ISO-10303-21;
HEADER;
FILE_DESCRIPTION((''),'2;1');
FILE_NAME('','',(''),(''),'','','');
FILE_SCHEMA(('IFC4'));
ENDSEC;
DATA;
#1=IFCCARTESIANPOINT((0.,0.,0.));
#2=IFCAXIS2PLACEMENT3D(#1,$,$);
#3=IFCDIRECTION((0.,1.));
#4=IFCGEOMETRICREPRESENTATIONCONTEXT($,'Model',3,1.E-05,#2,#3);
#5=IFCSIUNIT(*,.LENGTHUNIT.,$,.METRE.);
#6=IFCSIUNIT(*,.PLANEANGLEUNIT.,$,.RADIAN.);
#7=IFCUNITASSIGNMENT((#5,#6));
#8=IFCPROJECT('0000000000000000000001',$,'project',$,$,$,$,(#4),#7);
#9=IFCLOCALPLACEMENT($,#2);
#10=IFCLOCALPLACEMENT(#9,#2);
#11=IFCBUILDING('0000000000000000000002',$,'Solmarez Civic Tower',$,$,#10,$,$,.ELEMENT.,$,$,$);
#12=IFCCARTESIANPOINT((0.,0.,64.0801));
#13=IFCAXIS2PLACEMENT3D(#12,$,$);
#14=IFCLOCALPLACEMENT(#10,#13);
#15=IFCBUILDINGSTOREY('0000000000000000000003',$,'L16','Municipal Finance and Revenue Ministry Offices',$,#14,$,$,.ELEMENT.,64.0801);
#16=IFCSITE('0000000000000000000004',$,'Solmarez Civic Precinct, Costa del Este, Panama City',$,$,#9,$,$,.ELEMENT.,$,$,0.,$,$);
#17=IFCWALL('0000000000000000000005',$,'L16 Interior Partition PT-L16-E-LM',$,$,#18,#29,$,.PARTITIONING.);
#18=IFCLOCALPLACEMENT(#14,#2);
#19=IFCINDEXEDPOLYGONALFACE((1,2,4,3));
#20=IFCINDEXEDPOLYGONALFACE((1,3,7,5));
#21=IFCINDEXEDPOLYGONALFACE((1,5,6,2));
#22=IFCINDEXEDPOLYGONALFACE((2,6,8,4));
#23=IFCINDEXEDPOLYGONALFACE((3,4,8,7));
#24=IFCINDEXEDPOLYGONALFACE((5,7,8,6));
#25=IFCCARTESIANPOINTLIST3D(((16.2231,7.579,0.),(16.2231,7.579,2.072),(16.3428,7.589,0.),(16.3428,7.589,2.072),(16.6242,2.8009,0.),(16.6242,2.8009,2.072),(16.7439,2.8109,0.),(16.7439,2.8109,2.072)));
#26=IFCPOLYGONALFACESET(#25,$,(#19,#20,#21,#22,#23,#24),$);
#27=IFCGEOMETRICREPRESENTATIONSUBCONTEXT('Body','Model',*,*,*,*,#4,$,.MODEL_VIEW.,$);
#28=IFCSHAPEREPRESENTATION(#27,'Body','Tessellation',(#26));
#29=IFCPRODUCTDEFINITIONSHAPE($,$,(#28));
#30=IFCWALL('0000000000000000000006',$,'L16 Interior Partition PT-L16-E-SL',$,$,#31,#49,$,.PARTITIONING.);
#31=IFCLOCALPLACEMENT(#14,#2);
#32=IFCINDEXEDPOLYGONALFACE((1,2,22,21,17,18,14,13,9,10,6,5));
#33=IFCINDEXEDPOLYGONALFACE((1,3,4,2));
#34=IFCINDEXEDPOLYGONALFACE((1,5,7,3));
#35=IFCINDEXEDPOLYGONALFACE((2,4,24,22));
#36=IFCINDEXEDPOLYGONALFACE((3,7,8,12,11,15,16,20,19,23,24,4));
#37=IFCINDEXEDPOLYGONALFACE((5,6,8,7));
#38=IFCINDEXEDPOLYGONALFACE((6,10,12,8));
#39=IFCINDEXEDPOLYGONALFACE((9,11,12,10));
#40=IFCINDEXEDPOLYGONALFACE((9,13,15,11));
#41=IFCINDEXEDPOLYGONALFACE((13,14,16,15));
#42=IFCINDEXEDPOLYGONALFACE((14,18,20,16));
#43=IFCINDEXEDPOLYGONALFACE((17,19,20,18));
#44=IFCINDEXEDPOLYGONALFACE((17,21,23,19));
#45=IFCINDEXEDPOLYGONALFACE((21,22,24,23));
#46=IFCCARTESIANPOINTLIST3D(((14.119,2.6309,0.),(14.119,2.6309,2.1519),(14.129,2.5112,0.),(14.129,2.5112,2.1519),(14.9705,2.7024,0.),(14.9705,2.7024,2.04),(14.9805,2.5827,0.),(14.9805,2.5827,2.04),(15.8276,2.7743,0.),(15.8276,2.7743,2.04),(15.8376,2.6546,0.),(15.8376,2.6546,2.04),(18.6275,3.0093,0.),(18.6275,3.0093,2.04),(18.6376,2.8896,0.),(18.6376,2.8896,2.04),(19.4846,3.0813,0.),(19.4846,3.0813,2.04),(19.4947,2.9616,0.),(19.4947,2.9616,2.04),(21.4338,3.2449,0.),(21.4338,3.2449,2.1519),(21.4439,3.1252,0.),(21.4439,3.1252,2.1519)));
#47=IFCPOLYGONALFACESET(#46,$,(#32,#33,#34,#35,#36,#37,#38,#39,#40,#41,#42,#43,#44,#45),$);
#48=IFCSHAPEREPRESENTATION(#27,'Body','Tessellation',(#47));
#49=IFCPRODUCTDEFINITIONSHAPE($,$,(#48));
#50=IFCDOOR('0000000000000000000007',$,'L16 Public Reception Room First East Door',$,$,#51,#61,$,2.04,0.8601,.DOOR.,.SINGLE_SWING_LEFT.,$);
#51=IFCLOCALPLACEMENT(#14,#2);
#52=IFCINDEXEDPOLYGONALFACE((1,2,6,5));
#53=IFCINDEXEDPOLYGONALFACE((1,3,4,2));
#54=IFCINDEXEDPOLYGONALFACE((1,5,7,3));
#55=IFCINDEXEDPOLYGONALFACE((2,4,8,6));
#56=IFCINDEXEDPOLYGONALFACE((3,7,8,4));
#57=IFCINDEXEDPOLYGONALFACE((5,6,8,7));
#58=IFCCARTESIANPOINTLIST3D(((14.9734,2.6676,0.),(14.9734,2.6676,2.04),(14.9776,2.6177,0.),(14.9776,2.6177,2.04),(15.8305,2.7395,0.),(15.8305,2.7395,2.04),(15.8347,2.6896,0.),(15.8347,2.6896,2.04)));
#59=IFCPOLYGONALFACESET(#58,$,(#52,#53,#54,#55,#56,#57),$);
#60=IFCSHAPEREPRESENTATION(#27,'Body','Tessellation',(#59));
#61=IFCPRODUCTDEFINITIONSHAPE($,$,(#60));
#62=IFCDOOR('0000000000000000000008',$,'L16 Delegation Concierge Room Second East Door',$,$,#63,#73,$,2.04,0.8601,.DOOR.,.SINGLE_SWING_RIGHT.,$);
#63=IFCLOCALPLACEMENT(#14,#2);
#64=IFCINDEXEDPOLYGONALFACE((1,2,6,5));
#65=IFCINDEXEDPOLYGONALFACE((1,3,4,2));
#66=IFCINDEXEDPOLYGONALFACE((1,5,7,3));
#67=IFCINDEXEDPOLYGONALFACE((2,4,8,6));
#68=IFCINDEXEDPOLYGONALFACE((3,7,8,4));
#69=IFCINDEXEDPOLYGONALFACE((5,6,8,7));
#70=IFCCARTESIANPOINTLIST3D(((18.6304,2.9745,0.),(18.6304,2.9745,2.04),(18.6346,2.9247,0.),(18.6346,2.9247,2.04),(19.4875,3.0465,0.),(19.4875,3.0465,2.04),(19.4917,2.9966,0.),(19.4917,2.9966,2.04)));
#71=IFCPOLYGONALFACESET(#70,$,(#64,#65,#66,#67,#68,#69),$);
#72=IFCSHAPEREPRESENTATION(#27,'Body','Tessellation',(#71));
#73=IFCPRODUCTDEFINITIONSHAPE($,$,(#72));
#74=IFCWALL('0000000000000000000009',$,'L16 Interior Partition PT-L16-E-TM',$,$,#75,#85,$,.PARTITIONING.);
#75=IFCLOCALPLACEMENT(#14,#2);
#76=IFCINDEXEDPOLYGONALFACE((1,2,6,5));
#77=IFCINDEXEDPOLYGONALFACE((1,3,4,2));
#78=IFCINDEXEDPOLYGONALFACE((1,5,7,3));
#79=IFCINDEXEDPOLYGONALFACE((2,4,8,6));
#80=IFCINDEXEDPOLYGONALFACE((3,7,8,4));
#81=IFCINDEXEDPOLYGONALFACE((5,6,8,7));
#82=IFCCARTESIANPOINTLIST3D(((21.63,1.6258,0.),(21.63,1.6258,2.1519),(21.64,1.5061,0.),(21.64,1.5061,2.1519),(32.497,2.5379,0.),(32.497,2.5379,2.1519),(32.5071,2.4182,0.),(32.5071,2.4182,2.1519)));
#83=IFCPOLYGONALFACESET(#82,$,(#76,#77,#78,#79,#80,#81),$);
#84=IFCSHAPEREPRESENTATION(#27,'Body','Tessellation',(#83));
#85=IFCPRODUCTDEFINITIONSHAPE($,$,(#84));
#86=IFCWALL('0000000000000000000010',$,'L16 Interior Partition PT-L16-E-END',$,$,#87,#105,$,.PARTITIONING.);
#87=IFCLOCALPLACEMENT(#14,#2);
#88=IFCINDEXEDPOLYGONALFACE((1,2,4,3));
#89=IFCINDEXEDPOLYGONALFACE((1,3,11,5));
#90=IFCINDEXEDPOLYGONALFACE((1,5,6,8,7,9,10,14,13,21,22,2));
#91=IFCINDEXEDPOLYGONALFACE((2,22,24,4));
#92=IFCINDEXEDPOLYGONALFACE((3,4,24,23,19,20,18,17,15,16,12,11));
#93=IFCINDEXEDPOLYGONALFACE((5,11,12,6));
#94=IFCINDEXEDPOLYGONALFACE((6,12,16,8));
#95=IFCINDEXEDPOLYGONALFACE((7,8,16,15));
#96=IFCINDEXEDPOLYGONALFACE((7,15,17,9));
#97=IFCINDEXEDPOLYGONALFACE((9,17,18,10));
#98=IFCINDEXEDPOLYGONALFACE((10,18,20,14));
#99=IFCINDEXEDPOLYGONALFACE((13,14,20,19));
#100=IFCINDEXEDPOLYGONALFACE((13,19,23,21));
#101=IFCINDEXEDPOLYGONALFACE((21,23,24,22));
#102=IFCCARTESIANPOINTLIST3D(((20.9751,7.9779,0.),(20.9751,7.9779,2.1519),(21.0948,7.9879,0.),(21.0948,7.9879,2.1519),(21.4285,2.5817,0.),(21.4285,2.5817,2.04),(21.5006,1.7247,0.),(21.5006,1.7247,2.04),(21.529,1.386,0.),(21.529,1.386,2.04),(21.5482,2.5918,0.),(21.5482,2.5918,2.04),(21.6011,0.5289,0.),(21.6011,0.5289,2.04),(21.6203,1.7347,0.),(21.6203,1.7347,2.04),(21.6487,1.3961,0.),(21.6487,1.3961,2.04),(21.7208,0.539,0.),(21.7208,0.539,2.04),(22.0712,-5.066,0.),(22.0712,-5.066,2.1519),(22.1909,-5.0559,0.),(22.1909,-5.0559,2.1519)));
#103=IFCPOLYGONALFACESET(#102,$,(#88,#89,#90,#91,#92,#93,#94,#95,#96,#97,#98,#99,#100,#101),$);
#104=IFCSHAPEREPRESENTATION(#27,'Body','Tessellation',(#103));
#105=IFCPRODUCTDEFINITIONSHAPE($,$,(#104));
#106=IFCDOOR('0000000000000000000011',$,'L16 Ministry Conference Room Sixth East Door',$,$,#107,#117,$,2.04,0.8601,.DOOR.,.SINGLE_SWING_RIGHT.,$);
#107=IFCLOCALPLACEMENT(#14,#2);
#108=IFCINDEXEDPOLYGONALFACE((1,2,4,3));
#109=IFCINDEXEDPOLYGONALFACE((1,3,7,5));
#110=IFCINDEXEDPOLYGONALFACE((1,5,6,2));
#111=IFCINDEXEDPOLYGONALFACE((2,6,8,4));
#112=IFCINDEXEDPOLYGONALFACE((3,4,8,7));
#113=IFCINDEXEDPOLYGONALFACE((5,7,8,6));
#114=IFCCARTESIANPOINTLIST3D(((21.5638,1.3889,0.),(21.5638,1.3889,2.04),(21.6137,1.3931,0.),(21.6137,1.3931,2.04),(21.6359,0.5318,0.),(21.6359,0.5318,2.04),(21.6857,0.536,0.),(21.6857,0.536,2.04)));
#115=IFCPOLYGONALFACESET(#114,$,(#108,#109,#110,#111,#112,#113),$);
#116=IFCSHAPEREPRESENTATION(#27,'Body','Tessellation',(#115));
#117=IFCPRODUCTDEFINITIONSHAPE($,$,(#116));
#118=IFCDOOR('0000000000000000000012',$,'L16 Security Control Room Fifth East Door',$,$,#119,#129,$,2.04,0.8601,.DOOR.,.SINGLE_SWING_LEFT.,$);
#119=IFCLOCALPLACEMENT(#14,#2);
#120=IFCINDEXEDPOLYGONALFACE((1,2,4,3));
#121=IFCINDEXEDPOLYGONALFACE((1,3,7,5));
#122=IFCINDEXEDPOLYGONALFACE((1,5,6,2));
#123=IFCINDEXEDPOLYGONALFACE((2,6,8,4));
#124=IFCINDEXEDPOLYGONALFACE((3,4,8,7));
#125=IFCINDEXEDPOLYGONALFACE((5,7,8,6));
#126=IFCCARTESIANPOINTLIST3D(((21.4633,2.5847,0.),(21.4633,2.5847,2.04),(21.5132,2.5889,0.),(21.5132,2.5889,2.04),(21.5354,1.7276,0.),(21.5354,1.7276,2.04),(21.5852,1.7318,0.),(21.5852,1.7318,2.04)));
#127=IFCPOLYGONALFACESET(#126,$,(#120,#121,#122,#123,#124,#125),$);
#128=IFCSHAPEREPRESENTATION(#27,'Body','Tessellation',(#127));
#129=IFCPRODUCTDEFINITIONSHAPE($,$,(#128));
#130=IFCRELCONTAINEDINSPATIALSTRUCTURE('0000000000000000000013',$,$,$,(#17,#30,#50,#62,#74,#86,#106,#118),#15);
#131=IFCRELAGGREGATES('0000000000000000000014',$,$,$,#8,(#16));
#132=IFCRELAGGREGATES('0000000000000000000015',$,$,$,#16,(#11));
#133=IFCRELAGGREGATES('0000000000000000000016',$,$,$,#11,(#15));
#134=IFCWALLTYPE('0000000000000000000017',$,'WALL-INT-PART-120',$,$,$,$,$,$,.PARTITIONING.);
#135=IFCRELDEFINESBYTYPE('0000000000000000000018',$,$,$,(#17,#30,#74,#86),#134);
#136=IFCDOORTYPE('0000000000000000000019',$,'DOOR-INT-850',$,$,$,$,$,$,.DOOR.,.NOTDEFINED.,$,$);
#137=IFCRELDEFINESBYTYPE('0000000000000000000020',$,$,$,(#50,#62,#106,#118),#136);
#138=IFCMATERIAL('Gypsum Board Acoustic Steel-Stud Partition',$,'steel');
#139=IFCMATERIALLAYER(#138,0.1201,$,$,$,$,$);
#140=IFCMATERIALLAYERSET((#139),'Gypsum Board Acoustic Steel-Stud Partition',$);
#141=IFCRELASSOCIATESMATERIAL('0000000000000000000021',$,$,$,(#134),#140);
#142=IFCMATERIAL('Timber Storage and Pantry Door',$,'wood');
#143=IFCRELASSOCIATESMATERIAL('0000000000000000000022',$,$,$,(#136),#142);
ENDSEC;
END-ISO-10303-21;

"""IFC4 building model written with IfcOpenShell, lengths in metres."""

from ifc_helpers import new_model, si_unit, direction, frame, frame_2d, origin, place, context, subcontext, project, spatial, rectangle, extrude, material, layer, layer_set, type_object, element, fill, save


model = new_model("IFC4")

# Units and contexts
model_context = context("Model", 3, precision=1e-05, world=origin(), true_north=direction((0.0, 1.0)))
body_context = subcontext(model_context, "Body", "Model", "MODEL_VIEW")
ifc_project = project(units=[si_unit("LENGTHUNIT", "METRE"), si_unit("PLANEANGLEUNIT", "RADIAN")], contexts=[model_context])

# Site, building, storey
site_placement = place(None, origin())
site = spatial("IfcSite", under=ifc_project, at=site_placement, Name="Solmarez Civic Precinct, Costa del Este, Panama City", CompositionType="ELEMENT", RefElevation=0.0)
building_placement = place(site_placement, origin())
building = spatial("IfcBuilding", under=site, at=building_placement, Name="Solmarez Civic Tower", CompositionType="ELEMENT")
storey_placement = place(building_placement, frame((0.0, 0.0, 64.0801)))
storey = spatial("IfcBuildingStorey", under=building, at=storey_placement, Name="L16", Description="Municipal Finance and Revenue Ministry Offices", CompositionType="ELEMENT", Elevation=64.0801)

# Wall
ifc_material_1 = material(Name="Gypsum Board Acoustic Steel-Stud Partition", Category="steel")
ifc_layer_1 = layer(ifc_material_1, 0.1201)
ifc_layer_set_1 = layer_set([ifc_layer_1], Name="Gypsum Board Acoustic Steel-Stud Partition")
wall_type_1 = type_object("IfcWallType", Name="WALL-INT-PART-120", PredefinedType="PARTITIONING", material=ifc_layer_set_1)
wall_1_placement = place(storey_placement, frame((16.6841, 2.8059, 0.0), z_axis=(0.0, 0.0, 1.0), x_axis=(-0.083656, 0.996495, 0.0)))
element("IfcWall", 1, at=wall_1_placement, inside=storey, type_object=wall_type_1, Name="L16 Interior Partition PT-L16-E-LM", PredefinedType="PARTITIONING", context=body_context, shape_type="SweptSolid", body=[
    extrude(rectangle(XDim=4.7949, YDim=0.1201, at=frame_2d((2.3975, 0.0))), origin(), (0.0, 0.0, 1.0), 2.072),
])

# Wall, openings, doors
wall_2_placement = place(storey_placement, frame((21.439, 3.1851, 0.0), z_axis=(0.0, 0.0, 1.0), x_axis=(-0.996496, -0.083645, 0.0)))
wall_2 = element("IfcWall", 2, at=wall_2_placement, inside=storey, type_object=wall_type_1, Name="L16 Interior Partition PT-L16-E-SL", PredefinedType="PARTITIONING", context=body_context, shape_type="SweptSolid", body=[
    extrude(rectangle(XDim=7.3406, YDim=0.1201, at=frame_2d((3.6704, 0.0))), origin(), (0.0, 0.0, 1.0), 2.1519),
])
opening_1_placement = place(wall_2_placement, frame((5.626, 0.0, 0.0)))
opening_1 = element("IfcOpeningElement", 3, at=opening_1_placement, cuts=wall_2, PredefinedType="OPENING", context=body_context, shape_type="SweptSolid", body=[
    extrude(rectangle(XDim=0.8601, YDim=2.04, at=frame_2d((0.4302, 1.02))), frame((0.0, 0.0701, 0.0), z_axis=(0.0, -1.0, 0.0), x_axis=(1.0, 0.0, 0.0)), (0.0, 0.0, 1.0), 0.1401),
])
opening_2_placement = place(wall_2_placement, frame((1.9561, 0.0, 0.0)))
opening_2 = element("IfcOpeningElement", 4, at=opening_2_placement, cuts=wall_2, PredefinedType="OPENING", context=body_context, shape_type="SweptSolid", body=[
    extrude(rectangle(XDim=0.8601, YDim=2.04, at=frame_2d((0.4302, 1.02))), frame((0.0, 0.0701, 0.0), z_axis=(0.0, -1.0, 0.0), x_axis=(1.0, 0.0, 0.0)), (0.0, 0.0, 1.0), 0.1401),
])
ifc_material_2 = material(Name="Timber Storage and Pantry Door", Category="wood")
door_type = type_object("IfcDoorType", Name="DOOR-INT-850", OperationType="NOTDEFINED", PredefinedType="DOOR", material=ifc_material_2)
door_1_placement = place(opening_1_placement, origin())
door_1 = element("IfcDoor", 5, at=door_1_placement, inside=storey, type_object=door_type, Name="L16 Public Reception Room First East Door", OperationType="SINGLE_SWING_LEFT", OverallHeight=2.04, OverallWidth=0.8601, PredefinedType="DOOR", context=body_context, shape_type="SweptSolid", body=[
    extrude(rectangle(XDim=0.8601, YDim=2.04, at=frame_2d((0.4302, 1.02))), frame((0.0, 0.0249, 0.0), z_axis=(0.0, -1.0, 0.0), x_axis=(1.0, 0.0, 0.0)), (0.0, 0.0, 1.0), 0.05),
])
fill(opening_1, door_1)
door_2_placement = place(opening_2_placement, origin())
door_2 = element("IfcDoor", 6, at=door_2_placement, inside=storey, type_object=door_type, Name="L16 Delegation Concierge Room Second East Door", OperationType="SINGLE_SWING_RIGHT", OverallHeight=2.04, OverallWidth=0.8601, PredefinedType="DOOR", context=body_context, shape_type="SweptSolid", body=[
    extrude(rectangle(XDim=0.8601, YDim=2.04, at=frame_2d((0.4302, 1.02))), frame((0.0, 0.0249, 0.0), z_axis=(0.0, -1.0, 0.0), x_axis=(1.0, 0.0, 0.0)), (0.0, 0.0, 1.0), 0.05),
])
fill(opening_2, door_2)

# Wall
wall_3_placement = place(storey_placement, frame((21.635, 1.5659, 0.0), z_axis=(0.0, 0.0, 1.0), x_axis=(0.996496, 0.08364, 0.0)))
element("IfcWall", 7, at=wall_3_placement, inside=storey, type_object=wall_type_1, Name="L16 Interior Partition PT-L16-E-TM", PredefinedType="PARTITIONING", context=body_context, shape_type="SweptSolid", body=[
    extrude(rectangle(XDim=10.9053, YDim=0.1201, at=frame_2d((5.4526, 0.0))), origin(), (0.0, 0.0, 1.0), 2.1519),
])

# Wall, openings, doors
wall_4_placement = place(storey_placement, frame((21.0349, 7.9829, 0.0), z_axis=(0.0, 0.0, 1.0), x_axis=(0.083743, -0.996487, 0.0)))
wall_4 = element("IfcWall", 8, at=wall_4_placement, inside=storey, type_object=wall_type_1, Name="L16 Interior Partition PT-L16-E-END", PredefinedType="PARTITIONING", context=body_context, shape_type="SweptSolid", body=[
    extrude(rectangle(XDim=13.0898, YDim=0.1201, at=frame_2d((6.5449, 0.0))), origin(), (0.0, 0.0, 1.0), 2.1519),
])
opening_3_placement = place(wall_4_placement, frame((6.615, 0.0, 0.0)))
opening_3 = element("IfcOpeningElement", 9, at=opening_3_placement, cuts=wall_4, PredefinedType="OPENING", context=body_context, shape_type="SweptSolid", body=[
    extrude(rectangle(XDim=0.8601, YDim=2.04, at=frame_2d((0.4302, 1.02))), frame((0.0, 0.0701, 0.0), z_axis=(0.0, -1.0, 0.0), x_axis=(1.0, 0.0, 0.0)), (0.0, 0.0, 1.0), 0.1401),
])
opening_4_placement = place(wall_4_placement, frame((5.415, 0.0, 0.0)))
opening_4 = element("IfcOpeningElement", 10, at=opening_4_placement, cuts=wall_4, PredefinedType="OPENING", context=body_context, shape_type="SweptSolid", body=[
    extrude(rectangle(XDim=0.8601, YDim=2.04, at=frame_2d((0.4302, 1.02))), frame((0.0, 0.0701, 0.0), z_axis=(0.0, -1.0, 0.0), x_axis=(1.0, 0.0, 0.0)), (0.0, 0.0, 1.0), 0.1401),
])
door_3_placement = place(opening_3_placement, origin())
door_3 = element("IfcDoor", 11, at=door_3_placement, inside=storey, type_object=door_type, Name="L16 Ministry Conference Room Sixth East Door", OperationType="SINGLE_SWING_RIGHT", OverallHeight=2.04, OverallWidth=0.8601, PredefinedType="DOOR", context=body_context, shape_type="SweptSolid", body=[
    extrude(rectangle(XDim=0.8601, YDim=2.04, at=frame_2d((0.4302, 1.02))), frame((0.0, 0.0249, 0.0), z_axis=(0.0, -1.0, 0.0), x_axis=(1.0, 0.0, 0.0)), (0.0, 0.0, 1.0), 0.05),
])
fill(opening_3, door_3)
door_4_placement = place(opening_4_placement, origin())
door_4 = element("IfcDoor", 12, at=door_4_placement, inside=storey, type_object=door_type, Name="L16 Security Control Room Fifth East Door", OperationType="SINGLE_SWING_LEFT", OverallHeight=2.04, OverallWidth=0.8601, PredefinedType="DOOR", context=body_context, shape_type="SweptSolid", body=[
    extrude(rectangle(XDim=0.8601, YDim=2.04, at=frame_2d((0.4302, 1.02))), frame((0.0, 0.0249, 0.0), z_axis=(0.0, -1.0, 0.0), x_axis=(1.0, 0.0, 0.0)), (0.0, 0.0, 1.0), 0.05),
])
fill(opening_4, door_4)

save(model, "model.ifc")
